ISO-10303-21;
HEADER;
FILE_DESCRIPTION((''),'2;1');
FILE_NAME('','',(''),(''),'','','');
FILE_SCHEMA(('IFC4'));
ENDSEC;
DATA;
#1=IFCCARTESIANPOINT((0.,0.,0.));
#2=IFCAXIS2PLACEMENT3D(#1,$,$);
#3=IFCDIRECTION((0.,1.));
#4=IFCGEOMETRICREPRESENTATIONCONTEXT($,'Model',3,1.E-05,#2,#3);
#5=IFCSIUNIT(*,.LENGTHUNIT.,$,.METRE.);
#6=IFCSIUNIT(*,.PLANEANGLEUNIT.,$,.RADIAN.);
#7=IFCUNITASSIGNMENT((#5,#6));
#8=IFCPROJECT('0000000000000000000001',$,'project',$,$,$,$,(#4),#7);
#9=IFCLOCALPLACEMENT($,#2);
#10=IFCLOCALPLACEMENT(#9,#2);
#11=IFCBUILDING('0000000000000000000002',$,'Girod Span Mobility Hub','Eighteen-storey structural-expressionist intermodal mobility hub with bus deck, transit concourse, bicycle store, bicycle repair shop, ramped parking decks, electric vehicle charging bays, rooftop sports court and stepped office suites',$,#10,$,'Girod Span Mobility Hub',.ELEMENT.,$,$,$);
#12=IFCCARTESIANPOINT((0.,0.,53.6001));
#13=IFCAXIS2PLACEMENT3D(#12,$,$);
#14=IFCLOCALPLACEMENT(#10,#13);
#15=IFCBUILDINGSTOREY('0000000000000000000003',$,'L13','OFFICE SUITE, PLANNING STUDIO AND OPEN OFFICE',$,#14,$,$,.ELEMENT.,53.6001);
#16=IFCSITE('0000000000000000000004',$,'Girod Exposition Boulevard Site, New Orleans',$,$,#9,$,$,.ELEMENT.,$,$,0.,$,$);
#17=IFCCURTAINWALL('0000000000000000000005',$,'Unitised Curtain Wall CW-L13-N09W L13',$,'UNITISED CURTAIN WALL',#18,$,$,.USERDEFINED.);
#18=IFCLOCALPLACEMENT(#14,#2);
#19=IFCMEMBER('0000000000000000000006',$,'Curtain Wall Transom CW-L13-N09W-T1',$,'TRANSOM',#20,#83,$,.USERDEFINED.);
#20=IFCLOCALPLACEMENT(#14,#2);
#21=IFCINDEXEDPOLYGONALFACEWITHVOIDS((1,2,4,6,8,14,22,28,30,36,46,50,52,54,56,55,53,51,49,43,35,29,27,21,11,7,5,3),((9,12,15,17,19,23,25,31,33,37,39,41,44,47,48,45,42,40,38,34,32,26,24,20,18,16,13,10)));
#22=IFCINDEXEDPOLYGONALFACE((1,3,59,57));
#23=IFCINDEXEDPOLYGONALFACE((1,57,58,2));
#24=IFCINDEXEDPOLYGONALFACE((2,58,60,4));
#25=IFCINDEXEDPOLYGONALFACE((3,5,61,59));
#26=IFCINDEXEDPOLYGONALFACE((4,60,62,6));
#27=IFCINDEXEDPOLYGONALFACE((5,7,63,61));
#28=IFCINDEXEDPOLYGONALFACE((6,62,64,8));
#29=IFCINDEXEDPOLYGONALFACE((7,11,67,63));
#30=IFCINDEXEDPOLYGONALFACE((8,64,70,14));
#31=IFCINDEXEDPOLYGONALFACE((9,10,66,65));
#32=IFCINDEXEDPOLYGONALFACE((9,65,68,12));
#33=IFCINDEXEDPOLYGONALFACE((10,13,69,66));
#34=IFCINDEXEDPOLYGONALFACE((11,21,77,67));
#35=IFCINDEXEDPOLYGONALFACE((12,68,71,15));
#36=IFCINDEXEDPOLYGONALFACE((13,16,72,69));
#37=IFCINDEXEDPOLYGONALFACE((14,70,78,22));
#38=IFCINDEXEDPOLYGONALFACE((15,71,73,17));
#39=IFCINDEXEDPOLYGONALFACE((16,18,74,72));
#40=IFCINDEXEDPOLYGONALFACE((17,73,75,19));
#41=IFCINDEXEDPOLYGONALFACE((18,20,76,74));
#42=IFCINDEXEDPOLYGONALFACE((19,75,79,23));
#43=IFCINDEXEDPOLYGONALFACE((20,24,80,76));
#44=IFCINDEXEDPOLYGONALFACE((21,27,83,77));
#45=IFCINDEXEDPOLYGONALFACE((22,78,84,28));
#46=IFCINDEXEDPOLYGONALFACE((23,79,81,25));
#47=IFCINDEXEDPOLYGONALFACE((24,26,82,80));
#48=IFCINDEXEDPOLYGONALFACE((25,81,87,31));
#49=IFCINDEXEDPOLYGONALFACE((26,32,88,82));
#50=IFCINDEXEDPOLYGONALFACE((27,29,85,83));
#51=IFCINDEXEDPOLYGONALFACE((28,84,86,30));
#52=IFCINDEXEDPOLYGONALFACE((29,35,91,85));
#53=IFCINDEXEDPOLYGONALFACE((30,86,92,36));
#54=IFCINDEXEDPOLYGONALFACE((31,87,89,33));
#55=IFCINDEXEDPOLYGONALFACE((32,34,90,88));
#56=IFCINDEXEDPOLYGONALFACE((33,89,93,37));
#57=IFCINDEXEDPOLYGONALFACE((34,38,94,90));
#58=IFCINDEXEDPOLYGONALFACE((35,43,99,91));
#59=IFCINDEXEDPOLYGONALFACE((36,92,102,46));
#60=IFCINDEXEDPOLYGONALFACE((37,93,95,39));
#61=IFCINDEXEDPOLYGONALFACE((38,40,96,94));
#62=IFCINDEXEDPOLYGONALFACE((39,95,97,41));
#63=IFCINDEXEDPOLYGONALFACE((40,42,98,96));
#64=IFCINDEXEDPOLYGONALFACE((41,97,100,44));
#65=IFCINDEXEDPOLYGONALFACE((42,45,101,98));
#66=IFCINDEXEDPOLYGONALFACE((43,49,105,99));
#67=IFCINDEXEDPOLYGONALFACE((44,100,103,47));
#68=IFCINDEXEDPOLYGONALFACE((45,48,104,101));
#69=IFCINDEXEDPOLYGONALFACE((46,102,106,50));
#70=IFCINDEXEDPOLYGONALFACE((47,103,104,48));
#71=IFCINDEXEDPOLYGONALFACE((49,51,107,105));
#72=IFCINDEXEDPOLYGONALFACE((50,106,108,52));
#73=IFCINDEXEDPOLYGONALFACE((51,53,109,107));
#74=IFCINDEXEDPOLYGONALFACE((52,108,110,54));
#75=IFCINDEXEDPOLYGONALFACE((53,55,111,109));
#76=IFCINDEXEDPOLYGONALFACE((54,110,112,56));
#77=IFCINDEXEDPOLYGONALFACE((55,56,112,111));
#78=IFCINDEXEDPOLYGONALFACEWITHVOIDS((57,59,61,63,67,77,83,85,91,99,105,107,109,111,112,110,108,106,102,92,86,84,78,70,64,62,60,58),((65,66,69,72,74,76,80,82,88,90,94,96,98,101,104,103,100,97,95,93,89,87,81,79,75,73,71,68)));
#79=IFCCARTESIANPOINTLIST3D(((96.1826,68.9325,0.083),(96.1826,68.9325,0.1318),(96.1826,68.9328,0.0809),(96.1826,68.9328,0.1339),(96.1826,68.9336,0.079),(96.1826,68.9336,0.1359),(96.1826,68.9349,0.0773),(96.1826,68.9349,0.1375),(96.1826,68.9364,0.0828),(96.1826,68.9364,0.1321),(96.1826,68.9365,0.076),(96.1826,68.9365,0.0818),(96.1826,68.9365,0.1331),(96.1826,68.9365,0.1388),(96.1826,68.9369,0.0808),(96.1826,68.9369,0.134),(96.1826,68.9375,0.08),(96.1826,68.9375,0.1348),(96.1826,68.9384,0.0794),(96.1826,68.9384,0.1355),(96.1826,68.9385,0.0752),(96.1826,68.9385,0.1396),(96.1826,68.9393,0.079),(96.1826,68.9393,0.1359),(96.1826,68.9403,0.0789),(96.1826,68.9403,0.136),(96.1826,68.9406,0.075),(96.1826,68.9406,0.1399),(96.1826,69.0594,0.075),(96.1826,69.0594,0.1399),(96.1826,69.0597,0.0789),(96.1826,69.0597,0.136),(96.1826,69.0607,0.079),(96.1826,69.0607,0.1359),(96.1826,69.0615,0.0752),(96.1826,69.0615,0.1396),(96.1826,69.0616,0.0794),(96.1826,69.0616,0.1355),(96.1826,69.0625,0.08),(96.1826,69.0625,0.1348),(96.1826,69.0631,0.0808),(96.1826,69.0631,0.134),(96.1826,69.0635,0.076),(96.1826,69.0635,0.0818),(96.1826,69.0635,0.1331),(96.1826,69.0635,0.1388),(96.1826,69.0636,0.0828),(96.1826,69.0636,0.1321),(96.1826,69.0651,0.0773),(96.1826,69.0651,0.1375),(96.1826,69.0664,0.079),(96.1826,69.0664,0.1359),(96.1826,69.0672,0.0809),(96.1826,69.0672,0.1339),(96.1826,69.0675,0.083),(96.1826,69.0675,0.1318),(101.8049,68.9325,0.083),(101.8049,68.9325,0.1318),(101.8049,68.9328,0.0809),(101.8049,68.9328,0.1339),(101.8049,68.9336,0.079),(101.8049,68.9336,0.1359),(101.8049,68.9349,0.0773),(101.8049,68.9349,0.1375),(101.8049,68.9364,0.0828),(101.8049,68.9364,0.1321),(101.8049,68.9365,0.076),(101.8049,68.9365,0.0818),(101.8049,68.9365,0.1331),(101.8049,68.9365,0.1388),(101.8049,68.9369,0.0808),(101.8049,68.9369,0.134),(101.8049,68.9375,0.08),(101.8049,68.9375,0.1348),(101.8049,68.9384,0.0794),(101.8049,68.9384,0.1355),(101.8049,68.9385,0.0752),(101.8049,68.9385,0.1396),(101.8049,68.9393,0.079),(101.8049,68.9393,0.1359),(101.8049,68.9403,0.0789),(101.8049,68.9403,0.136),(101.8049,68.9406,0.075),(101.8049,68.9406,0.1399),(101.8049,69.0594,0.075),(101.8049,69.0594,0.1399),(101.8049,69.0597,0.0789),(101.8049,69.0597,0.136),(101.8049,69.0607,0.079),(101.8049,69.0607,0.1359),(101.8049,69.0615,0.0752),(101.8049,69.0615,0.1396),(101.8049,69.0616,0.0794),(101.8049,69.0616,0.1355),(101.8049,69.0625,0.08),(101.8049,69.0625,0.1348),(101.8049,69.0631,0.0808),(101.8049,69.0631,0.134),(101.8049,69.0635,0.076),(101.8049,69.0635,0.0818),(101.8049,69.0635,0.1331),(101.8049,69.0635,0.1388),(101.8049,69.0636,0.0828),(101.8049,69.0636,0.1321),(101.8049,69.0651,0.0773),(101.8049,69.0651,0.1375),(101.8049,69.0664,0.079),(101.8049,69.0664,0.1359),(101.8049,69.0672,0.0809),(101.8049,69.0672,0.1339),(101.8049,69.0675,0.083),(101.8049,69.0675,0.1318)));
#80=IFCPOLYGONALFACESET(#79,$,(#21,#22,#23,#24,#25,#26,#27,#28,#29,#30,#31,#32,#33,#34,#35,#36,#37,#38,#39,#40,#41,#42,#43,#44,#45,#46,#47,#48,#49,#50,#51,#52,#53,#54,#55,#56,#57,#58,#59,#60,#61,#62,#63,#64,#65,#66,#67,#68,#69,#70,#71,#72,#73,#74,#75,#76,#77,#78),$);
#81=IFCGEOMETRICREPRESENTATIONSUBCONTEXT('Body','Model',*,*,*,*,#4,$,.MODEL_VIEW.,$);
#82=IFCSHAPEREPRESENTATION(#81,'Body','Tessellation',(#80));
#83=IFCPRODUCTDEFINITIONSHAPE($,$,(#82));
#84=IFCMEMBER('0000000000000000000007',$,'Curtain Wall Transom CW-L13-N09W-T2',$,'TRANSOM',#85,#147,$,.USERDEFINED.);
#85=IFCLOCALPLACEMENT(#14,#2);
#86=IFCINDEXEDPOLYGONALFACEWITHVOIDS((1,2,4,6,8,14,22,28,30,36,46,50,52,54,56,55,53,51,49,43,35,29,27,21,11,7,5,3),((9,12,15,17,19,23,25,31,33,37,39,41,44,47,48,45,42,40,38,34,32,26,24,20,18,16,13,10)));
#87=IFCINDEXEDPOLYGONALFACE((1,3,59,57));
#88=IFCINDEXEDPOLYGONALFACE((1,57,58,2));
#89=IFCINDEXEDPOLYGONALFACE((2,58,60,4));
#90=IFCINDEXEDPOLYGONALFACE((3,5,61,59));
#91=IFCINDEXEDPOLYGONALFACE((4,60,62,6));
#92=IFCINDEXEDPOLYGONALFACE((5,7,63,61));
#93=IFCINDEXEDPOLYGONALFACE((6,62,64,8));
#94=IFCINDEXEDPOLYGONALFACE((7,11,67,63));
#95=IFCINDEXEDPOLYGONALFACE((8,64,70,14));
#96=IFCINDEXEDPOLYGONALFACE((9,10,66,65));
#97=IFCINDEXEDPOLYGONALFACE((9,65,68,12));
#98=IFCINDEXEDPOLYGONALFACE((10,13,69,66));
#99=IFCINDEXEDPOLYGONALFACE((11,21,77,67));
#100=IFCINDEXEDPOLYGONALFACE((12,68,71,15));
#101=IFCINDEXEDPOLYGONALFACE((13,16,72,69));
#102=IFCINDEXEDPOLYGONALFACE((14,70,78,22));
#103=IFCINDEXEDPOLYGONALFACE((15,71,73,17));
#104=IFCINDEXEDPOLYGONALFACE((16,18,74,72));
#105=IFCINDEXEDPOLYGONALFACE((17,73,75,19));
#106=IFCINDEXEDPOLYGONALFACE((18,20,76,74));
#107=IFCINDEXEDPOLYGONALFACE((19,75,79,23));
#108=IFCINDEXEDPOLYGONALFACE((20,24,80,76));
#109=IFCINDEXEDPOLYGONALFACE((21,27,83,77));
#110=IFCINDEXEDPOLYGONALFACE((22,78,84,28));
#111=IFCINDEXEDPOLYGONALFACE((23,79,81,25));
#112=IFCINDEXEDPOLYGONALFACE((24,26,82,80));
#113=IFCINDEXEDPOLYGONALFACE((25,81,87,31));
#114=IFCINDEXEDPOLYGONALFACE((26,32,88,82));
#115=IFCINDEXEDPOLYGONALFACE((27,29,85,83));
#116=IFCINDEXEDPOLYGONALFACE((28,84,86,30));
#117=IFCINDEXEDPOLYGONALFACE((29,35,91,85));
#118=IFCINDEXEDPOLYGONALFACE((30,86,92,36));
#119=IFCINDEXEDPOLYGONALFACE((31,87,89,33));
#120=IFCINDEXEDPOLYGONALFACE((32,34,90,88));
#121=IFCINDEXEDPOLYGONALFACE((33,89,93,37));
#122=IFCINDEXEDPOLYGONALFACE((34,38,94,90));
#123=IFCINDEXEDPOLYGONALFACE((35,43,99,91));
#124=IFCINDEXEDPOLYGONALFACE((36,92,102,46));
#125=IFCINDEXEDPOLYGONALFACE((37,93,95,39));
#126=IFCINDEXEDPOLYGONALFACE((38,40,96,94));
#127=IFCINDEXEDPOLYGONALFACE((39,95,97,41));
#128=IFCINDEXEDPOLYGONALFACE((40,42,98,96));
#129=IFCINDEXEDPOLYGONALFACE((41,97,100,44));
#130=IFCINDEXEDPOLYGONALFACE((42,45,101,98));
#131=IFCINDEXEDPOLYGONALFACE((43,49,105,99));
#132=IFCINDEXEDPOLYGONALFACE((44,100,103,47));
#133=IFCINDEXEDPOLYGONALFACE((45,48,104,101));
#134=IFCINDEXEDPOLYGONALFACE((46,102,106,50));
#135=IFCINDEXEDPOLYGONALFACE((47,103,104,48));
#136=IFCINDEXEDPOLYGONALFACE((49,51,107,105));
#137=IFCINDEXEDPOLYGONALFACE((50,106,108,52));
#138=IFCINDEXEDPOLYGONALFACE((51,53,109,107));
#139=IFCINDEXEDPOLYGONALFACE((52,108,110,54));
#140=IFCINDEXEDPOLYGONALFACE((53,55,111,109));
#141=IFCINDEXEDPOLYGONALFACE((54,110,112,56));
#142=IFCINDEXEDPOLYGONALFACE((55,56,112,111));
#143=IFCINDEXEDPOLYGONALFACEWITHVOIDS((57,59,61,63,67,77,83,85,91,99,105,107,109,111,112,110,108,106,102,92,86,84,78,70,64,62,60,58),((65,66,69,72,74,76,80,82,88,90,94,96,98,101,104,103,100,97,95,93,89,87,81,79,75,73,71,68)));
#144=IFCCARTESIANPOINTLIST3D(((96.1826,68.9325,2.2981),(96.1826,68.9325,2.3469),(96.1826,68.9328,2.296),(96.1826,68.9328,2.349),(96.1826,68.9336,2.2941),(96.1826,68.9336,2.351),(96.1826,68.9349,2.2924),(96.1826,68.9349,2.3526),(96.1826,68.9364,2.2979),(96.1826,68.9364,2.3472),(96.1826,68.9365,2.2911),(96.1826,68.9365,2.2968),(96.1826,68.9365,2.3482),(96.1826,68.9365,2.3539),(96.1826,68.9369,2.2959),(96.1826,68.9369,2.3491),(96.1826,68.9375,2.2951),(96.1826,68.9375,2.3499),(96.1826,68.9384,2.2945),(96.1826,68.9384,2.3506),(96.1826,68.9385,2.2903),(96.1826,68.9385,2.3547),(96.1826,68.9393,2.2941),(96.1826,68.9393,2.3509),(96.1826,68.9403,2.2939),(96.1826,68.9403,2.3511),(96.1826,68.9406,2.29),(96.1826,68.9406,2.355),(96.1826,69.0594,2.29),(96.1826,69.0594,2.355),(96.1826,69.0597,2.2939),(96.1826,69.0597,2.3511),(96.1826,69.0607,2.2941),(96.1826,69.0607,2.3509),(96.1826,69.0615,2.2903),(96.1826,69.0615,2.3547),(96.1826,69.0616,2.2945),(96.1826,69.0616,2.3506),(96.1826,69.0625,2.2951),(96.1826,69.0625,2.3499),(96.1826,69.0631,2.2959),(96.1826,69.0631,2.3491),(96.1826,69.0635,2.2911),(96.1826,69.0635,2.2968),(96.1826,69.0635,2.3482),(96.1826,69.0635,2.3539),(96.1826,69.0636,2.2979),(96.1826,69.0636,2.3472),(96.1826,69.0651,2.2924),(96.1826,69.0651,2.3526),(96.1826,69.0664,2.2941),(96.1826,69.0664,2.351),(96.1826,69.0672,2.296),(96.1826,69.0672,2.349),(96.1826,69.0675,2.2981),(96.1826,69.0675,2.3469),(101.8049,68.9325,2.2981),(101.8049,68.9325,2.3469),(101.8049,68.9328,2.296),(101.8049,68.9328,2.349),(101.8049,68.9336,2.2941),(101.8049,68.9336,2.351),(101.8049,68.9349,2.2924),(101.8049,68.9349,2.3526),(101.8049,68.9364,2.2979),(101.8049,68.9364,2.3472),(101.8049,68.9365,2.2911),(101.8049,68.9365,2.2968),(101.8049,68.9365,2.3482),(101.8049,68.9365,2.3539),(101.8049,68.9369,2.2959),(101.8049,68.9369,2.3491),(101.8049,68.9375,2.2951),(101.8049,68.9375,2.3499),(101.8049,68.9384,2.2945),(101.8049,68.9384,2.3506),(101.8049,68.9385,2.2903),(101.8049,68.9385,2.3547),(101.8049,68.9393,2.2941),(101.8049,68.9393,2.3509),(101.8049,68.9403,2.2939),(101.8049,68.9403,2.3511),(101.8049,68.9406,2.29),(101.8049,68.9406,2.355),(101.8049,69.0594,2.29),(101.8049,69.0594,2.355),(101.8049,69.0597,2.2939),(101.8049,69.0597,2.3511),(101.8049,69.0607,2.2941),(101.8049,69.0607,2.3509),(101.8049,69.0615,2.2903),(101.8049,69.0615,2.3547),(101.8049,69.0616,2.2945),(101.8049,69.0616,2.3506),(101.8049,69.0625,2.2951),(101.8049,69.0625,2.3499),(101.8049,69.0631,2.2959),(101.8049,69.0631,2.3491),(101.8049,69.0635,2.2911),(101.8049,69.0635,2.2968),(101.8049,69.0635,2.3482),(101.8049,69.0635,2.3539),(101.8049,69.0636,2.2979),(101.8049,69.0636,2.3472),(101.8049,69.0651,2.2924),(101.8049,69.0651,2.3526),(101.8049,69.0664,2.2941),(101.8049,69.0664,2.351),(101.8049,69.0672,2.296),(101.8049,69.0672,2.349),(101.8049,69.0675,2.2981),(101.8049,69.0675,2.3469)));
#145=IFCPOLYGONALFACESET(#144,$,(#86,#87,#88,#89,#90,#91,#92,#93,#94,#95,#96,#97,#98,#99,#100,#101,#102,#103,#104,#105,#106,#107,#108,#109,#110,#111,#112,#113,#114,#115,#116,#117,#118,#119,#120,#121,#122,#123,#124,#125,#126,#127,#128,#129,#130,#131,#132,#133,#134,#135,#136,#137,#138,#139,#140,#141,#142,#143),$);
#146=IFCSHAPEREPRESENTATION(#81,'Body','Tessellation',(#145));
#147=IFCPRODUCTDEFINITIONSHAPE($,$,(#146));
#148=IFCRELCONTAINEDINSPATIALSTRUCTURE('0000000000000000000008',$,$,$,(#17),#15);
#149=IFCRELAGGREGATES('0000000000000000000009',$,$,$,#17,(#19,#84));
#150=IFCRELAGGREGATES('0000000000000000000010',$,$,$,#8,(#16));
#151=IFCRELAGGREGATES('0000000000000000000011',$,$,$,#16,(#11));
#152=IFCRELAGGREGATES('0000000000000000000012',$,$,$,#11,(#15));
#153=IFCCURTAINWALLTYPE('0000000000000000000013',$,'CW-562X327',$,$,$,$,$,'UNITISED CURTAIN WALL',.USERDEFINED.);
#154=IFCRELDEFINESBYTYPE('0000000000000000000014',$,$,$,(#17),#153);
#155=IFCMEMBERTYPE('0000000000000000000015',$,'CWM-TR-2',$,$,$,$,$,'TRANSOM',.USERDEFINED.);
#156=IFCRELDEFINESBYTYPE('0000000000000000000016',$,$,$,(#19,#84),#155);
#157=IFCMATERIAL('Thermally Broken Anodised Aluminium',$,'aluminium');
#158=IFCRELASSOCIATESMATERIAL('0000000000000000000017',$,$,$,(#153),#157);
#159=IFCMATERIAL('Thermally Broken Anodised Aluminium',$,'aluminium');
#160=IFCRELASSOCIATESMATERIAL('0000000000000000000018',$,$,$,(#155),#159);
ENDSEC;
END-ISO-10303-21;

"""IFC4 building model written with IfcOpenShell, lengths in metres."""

from ifc_helpers import new_model, si_unit, direction, frame, origin, origin_2d, place, context, subcontext, project, spatial, hollow_rectangle, extrude, material, material_profile, profile_set, type_object, element, aggregate, save


model = new_model("IFC4")

# Units and contexts
model_context = context("Model", 3, precision=1e-05, world=origin(), true_north=direction((0.0, 1.0)))
body_context = subcontext(model_context, "Body", "Model", "MODEL_VIEW")
ifc_project = project(units=[si_unit("LENGTHUNIT", "METRE"), si_unit("PLANEANGLEUNIT", "RADIAN")], contexts=[model_context])

# Site, building, storey
site_placement = place(None, origin())
site = spatial("IfcSite", under=ifc_project, at=site_placement, Name="Girod Exposition Boulevard Site, New Orleans", CompositionType="ELEMENT", RefElevation=0.0)
building_placement = place(site_placement, origin())
building = spatial("IfcBuilding", under=site, at=building_placement, Name="Girod Span Mobility Hub", Description="Eighteen-storey structural-expressionist intermodal mobility hub with bus deck, transit concourse, bicycle store, bicycle repair shop, ramped parking decks, electric vehicle charging bays, rooftop sports court and stepped office suites", LongName="Girod Span Mobility Hub", CompositionType="ELEMENT")
storey_placement = place(building_placement, frame((0.0, 0.0, 53.6001)))
storey = spatial("IfcBuildingStorey", under=building, at=storey_placement, Name="L13", Description="OFFICE SUITE, PLANNING STUDIO AND OPEN OFFICE", CompositionType="ELEMENT", Elevation=53.6001)

# Curtain wall
ifc_material_1 = material(Name="Thermally Broken Anodised Aluminium", Category="aluminium")
curtain_wall_type = type_object("IfcCurtainWallType", Name="CW-562X327", ElementType="UNITISED CURTAIN WALL", PredefinedType="USERDEFINED", material=ifc_material_1)
curtain_wall_1_placement = place(storey_placement, origin())
curtain_wall_1 = element("IfcCurtainWall", 1, at=curtain_wall_1_placement, inside=storey, type_object=curtain_wall_type, Name="Unitised Curtain Wall CW-L13-N09W L13", ObjectType="UNITISED CURTAIN WALL", PredefinedType="USERDEFINED")

# Members
ifc_material_2 = material(Name="Thermally Broken Anodised Aluminium", Category="aluminium")
ifc_material_profile_1 = material_profile(ifc_material_2, hollow_rectangle(XDim=0.135, YDim=0.0649, WallThickness=0.0039, InnerFilletRadius=0.0039, OuterFilletRadius=0.0081, at=origin_2d()), Name="CW-TR-65X135")
ifc_profile_set_1 = profile_set([ifc_material_profile_1], Name="Thermally Broken Anodised Aluminium")
member_type_1 = type_object("IfcMemberType", Name="CWM-TR-2", ElementType="TRANSOM", PredefinedType="USERDEFINED", material=ifc_profile_set_1)
member_1_placement = place(storey_placement, frame((96.1826, 69.0, 0.1074), z_axis=(1.0, 0.0, 0.0), x_axis=(0.0, 1.0, 0.0)))
member_1 = element("IfcMember", 2, at=member_1_placement, type_object=member_type_1, Name="Curtain Wall Transom CW-L13-N09W-T1", ObjectType="TRANSOM", PredefinedType="USERDEFINED", context=body_context, shape_type="SweptSolid", body=[
    extrude(hollow_rectangle(XDim=0.135, YDim=0.0649, WallThickness=0.0039, InnerFilletRadius=0.0039, OuterFilletRadius=0.0081, at=origin_2d()), origin(), (0.0, 0.0, 1.0), 5.6223),
])
member_2_placement = place(storey_placement, frame((96.1826, 69.0, 2.3225), z_axis=(1.0, 0.0, 0.0), x_axis=(0.0, 1.0, 0.0)))
member_2 = element("IfcMember", 3, at=member_2_placement, type_object=member_type_1, Name="Curtain Wall Transom CW-L13-N09W-T2", ObjectType="TRANSOM", PredefinedType="USERDEFINED", context=body_context, shape_type="SweptSolid", body=[
    extrude(hollow_rectangle(XDim=0.135, YDim=0.0649, WallThickness=0.0039, InnerFilletRadius=0.0039, OuterFilletRadius=0.0081, at=origin_2d()), origin(), (0.0, 0.0, 1.0), 5.6223),
])

aggregate(curtain_wall_1, [member_1, member_2])

save(model, "model.ifc")
